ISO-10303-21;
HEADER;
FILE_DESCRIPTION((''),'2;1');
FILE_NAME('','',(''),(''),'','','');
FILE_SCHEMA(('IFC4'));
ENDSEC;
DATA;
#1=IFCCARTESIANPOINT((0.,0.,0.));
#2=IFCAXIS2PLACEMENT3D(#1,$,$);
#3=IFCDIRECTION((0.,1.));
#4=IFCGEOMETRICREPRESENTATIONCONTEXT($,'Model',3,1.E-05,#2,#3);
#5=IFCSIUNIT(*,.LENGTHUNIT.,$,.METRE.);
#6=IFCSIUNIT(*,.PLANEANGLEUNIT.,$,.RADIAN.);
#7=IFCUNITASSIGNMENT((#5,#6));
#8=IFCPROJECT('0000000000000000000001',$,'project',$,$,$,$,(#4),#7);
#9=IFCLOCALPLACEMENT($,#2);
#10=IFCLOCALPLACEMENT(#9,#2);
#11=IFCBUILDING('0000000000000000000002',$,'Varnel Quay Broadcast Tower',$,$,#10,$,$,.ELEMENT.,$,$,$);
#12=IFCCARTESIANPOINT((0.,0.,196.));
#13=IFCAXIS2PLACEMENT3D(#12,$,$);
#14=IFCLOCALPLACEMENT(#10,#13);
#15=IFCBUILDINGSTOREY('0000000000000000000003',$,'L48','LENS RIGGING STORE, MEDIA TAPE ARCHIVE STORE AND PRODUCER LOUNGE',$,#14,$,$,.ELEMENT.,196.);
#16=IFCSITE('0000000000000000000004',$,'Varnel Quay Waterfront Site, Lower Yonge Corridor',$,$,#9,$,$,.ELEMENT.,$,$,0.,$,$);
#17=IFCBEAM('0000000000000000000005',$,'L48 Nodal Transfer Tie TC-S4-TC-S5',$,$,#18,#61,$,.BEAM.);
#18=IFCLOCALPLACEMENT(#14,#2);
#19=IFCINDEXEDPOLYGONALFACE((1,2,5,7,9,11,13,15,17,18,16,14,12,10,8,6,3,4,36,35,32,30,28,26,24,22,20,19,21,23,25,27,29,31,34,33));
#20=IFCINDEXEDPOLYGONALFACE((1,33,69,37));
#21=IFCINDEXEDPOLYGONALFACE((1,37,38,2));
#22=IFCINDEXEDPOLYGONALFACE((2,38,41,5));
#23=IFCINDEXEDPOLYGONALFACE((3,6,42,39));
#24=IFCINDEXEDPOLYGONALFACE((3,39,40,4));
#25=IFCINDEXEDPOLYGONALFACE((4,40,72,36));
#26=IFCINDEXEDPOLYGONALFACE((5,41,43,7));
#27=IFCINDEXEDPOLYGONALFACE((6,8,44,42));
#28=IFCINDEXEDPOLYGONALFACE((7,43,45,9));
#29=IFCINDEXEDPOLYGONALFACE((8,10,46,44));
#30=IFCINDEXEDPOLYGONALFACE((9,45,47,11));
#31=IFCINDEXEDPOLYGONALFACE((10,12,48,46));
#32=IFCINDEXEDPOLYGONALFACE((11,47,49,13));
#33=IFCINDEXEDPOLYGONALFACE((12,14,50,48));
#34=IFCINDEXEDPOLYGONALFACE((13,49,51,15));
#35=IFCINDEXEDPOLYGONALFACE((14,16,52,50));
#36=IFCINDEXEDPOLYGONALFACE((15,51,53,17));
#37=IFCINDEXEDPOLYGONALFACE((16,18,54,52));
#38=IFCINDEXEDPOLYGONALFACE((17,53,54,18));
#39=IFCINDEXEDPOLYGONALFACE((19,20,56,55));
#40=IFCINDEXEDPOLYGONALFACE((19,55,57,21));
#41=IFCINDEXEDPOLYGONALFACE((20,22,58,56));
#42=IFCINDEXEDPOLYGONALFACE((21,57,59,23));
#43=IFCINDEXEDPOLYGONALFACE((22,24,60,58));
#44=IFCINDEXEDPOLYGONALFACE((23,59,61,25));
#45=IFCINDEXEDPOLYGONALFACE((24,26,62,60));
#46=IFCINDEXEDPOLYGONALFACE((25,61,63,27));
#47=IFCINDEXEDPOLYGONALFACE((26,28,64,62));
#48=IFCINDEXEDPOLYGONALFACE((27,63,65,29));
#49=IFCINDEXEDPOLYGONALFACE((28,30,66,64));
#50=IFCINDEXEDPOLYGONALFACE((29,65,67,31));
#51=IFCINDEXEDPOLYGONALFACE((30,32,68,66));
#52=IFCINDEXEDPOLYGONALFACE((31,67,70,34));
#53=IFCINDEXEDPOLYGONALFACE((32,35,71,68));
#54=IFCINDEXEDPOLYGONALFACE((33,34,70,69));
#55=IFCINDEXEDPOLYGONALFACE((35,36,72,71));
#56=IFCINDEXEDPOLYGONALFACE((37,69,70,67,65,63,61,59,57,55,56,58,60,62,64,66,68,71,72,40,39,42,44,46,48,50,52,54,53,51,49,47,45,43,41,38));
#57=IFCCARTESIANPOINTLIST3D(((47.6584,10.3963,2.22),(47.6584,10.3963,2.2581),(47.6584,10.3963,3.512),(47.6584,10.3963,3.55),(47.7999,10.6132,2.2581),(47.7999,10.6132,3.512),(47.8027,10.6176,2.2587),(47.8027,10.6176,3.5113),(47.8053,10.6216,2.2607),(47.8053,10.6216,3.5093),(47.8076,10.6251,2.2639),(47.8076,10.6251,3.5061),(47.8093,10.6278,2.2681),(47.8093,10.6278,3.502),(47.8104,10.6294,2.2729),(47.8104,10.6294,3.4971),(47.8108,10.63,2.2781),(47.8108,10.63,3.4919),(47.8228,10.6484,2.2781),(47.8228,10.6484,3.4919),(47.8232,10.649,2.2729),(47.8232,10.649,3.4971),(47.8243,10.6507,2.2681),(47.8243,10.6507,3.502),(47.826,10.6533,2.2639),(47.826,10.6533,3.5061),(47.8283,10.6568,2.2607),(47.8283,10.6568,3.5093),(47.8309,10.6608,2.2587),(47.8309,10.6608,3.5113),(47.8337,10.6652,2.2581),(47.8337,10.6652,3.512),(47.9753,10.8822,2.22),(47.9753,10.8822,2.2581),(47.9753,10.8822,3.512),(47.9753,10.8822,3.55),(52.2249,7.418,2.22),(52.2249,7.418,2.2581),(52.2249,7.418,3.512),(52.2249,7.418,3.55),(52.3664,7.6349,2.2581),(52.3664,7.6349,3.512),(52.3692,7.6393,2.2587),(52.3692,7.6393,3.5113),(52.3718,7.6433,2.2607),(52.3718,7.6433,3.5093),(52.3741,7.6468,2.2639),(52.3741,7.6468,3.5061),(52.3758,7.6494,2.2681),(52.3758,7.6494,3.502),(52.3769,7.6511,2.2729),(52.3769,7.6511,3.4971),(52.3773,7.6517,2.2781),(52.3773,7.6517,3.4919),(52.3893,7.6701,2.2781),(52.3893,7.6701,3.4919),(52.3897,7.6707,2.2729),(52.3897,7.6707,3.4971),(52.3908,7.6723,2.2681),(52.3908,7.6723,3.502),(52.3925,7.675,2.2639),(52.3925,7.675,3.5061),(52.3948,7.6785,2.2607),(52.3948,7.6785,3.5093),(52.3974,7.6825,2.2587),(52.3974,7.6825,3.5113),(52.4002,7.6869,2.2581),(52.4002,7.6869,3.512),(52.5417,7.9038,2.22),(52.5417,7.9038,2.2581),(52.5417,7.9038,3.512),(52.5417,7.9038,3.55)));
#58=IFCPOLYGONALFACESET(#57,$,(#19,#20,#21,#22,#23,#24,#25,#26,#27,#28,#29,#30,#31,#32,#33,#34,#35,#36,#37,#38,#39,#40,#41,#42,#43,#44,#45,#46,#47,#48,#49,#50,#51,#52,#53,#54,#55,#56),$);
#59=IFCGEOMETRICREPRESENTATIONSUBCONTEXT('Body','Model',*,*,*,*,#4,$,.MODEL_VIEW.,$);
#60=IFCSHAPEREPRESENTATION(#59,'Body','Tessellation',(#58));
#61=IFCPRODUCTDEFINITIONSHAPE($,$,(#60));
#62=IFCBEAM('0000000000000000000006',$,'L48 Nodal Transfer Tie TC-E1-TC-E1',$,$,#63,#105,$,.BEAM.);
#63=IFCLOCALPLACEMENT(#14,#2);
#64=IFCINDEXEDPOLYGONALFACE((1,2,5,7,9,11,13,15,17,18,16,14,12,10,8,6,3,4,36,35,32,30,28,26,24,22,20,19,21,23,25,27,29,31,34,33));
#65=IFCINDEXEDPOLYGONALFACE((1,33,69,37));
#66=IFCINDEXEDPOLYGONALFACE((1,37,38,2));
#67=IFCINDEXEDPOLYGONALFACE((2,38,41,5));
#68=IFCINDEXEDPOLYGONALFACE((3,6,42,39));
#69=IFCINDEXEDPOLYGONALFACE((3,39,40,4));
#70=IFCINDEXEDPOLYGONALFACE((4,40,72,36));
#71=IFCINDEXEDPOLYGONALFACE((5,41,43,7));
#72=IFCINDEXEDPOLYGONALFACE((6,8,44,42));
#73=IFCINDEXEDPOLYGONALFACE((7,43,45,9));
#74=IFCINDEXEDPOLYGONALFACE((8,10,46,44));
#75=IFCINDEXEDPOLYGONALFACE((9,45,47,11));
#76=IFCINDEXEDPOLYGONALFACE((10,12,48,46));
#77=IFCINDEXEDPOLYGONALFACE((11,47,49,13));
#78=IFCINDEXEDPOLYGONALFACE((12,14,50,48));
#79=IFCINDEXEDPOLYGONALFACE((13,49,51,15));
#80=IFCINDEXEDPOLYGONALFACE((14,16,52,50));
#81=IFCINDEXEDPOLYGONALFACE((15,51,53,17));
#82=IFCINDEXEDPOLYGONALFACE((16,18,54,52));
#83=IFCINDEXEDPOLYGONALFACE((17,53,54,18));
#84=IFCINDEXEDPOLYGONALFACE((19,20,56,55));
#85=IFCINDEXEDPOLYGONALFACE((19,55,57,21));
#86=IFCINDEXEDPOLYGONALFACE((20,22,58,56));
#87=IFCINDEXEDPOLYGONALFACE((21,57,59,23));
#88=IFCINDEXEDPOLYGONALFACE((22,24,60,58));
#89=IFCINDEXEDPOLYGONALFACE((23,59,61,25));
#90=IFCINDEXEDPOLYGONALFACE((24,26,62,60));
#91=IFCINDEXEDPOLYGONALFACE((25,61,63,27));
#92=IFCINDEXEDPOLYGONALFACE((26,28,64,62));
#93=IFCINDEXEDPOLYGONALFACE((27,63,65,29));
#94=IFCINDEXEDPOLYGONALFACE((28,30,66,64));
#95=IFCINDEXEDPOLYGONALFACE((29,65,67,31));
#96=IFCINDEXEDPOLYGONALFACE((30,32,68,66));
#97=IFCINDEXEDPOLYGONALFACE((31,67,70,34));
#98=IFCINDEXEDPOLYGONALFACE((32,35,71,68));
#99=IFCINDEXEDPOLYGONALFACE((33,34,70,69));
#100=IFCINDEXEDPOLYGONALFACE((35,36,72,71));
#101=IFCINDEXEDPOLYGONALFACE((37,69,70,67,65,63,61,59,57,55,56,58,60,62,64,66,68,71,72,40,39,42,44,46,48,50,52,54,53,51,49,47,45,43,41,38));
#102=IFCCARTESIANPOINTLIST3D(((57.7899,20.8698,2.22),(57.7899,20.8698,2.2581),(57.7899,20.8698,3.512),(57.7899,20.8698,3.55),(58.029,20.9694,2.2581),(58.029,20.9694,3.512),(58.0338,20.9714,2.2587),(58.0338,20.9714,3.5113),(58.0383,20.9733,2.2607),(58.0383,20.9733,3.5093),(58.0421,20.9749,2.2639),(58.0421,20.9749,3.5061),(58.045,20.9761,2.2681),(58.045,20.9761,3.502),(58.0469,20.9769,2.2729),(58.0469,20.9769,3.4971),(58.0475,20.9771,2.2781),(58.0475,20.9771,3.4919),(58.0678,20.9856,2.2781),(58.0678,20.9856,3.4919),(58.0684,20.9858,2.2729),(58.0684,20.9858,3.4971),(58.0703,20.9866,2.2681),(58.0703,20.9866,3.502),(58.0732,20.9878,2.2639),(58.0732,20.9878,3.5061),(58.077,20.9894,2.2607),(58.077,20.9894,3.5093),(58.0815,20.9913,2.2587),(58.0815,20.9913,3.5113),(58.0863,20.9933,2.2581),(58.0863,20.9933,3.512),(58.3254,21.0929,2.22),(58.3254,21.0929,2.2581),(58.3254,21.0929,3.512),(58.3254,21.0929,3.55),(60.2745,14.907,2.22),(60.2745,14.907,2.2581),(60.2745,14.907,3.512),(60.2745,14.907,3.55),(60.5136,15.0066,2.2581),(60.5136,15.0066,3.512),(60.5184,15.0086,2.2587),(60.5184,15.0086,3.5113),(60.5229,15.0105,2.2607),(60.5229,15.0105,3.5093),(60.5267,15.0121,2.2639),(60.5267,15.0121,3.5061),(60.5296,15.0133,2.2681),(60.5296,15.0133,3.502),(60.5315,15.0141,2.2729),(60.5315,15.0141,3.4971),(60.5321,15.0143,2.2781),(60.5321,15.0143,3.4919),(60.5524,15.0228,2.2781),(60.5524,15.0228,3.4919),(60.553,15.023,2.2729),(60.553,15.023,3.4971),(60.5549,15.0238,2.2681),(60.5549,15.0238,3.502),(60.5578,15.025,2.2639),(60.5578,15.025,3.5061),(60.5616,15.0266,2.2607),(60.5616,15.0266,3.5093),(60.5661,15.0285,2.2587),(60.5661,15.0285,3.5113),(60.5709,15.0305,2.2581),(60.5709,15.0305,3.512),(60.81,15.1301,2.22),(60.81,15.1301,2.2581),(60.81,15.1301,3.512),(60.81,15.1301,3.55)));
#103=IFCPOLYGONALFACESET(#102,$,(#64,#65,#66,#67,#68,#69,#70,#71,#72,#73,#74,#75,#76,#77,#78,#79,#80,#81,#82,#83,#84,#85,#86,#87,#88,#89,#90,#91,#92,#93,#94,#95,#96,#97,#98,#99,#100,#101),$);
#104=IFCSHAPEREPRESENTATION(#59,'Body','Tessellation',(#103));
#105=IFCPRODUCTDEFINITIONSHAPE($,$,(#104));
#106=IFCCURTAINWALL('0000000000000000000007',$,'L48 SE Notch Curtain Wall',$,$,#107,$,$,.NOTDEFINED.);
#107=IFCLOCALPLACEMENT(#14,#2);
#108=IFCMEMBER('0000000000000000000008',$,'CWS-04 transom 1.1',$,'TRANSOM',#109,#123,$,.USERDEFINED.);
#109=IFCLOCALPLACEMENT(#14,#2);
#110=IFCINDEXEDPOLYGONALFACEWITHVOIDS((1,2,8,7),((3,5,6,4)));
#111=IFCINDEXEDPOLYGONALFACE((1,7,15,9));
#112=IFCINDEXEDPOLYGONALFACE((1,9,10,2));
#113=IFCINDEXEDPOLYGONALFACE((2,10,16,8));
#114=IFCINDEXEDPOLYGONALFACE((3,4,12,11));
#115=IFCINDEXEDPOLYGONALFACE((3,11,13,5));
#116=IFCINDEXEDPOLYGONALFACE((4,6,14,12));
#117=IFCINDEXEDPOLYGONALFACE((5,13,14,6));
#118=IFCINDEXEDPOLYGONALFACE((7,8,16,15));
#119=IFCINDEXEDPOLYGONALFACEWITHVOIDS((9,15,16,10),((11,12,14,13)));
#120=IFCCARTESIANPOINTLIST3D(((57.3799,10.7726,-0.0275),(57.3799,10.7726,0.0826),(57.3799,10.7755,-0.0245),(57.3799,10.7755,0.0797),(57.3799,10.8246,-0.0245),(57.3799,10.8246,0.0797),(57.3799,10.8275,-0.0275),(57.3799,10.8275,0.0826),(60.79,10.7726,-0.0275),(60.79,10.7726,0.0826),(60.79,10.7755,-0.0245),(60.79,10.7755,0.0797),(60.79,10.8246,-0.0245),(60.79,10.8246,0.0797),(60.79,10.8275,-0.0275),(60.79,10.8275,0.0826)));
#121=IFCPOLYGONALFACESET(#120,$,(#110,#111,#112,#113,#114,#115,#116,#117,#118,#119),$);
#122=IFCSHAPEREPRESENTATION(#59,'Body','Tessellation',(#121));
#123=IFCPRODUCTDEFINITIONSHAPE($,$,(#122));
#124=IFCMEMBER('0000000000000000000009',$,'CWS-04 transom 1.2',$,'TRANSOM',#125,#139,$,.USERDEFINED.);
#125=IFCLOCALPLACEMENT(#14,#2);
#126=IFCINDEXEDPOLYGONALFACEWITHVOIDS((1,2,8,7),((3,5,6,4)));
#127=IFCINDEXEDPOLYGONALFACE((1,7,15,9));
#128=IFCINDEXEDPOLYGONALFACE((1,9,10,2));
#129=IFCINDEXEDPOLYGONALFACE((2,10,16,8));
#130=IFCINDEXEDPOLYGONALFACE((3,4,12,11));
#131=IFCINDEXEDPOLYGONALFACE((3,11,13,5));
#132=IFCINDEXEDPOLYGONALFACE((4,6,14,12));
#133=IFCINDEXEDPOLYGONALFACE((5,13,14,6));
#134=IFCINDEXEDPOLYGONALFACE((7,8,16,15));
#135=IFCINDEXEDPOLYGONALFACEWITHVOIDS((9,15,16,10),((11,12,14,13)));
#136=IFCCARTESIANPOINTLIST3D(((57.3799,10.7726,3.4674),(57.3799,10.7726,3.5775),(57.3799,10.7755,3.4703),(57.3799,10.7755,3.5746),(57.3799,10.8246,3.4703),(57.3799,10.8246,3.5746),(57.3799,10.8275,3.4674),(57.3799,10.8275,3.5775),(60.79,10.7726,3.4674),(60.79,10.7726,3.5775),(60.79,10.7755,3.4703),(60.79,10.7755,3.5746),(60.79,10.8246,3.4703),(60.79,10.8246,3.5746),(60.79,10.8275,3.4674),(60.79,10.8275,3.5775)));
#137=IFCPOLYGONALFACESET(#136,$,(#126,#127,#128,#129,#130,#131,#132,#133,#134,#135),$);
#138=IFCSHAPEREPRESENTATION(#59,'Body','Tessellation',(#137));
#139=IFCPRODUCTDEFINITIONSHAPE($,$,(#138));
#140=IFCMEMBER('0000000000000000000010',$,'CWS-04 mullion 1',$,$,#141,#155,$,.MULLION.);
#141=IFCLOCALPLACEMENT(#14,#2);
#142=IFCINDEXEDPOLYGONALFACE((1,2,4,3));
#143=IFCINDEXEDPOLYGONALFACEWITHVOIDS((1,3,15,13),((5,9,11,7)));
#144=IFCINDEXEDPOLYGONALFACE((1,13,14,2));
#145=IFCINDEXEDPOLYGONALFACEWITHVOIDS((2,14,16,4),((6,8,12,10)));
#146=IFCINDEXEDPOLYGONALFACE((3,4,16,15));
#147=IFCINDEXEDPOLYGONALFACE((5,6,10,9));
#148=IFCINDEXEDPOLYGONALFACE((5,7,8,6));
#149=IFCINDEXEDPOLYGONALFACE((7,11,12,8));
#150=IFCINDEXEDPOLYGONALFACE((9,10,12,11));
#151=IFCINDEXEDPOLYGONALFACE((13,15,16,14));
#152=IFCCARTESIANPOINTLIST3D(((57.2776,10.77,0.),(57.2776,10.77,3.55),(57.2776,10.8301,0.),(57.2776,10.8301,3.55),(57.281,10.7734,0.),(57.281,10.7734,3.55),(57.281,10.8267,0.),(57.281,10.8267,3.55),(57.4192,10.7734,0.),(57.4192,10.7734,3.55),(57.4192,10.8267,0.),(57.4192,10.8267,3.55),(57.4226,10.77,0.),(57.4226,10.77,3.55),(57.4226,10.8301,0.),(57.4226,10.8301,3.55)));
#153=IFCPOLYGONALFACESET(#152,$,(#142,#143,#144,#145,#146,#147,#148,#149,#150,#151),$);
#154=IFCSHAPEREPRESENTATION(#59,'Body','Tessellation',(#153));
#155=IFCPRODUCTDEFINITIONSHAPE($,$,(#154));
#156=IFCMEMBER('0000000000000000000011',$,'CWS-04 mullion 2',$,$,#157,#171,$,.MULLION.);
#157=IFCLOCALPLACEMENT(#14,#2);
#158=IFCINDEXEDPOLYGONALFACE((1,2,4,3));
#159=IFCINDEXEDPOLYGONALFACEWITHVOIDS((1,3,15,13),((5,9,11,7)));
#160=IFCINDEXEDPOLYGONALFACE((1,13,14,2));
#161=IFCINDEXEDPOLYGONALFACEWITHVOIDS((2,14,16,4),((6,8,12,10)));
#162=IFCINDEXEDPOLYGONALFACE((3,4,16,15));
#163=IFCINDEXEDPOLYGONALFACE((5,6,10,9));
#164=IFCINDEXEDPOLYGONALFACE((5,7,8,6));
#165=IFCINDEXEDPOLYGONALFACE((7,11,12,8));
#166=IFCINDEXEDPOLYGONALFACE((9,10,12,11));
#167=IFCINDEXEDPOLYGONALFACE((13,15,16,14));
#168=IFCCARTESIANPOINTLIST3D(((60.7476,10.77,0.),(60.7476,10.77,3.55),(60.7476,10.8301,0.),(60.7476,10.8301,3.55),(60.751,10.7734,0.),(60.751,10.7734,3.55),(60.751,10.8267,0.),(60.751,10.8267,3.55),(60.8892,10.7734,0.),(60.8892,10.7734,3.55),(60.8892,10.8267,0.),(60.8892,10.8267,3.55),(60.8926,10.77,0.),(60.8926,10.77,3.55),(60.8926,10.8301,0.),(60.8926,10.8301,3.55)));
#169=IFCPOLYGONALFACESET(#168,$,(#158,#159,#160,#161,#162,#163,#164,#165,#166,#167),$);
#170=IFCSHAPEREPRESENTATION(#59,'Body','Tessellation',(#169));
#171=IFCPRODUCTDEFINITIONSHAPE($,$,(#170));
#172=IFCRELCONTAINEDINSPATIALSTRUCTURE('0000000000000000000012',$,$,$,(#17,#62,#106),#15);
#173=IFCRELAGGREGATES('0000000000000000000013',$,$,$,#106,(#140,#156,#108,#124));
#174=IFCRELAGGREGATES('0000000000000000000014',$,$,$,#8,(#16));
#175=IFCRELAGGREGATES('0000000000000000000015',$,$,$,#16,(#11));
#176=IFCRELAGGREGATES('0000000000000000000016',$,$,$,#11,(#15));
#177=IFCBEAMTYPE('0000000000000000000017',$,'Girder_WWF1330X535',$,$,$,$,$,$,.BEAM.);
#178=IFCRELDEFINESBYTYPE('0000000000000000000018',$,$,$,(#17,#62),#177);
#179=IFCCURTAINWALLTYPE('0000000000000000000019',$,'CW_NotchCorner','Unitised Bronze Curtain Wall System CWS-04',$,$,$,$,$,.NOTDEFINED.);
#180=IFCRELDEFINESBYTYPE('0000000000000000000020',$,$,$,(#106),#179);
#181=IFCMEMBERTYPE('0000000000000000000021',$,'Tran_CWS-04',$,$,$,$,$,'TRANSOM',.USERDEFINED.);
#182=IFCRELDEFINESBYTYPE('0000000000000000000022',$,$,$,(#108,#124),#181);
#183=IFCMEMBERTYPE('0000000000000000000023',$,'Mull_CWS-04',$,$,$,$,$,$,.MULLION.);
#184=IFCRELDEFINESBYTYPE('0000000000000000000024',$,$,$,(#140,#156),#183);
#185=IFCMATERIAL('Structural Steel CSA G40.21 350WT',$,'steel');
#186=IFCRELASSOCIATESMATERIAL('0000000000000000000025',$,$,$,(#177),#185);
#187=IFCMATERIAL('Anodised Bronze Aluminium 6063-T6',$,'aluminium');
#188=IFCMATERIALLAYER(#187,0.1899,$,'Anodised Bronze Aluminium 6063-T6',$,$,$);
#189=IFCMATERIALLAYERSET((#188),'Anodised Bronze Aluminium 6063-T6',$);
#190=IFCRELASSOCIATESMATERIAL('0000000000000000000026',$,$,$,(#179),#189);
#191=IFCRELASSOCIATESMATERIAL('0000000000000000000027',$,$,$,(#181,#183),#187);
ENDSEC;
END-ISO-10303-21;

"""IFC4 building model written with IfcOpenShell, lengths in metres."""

from ifc_helpers import new_model, si_unit, direction, frame, origin, origin_2d, place, context, subcontext, project, spatial, hollow_rectangle, i_section, extrude, source, transform, mapped, material, layer, layer_set, material_profile, profile_set, type_object, type_shapes, element, aggregate, save


model = new_model("IFC4")

# Units and contexts
model_context = context("Model", 3, precision=1e-05, world=origin(), true_north=direction((0.0, 1.0)))
body_context = subcontext(model_context, "Body", "Model", "MODEL_VIEW")
ifc_project = project(units=[si_unit("LENGTHUNIT", "METRE"), si_unit("PLANEANGLEUNIT", "RADIAN")], contexts=[model_context])

# Site, building, storey
site_placement = place(None, origin())
site = spatial("IfcSite", under=ifc_project, at=site_placement, Name="Varnel Quay Waterfront Site, Lower Yonge Corridor", CompositionType="ELEMENT", RefElevation=0.0)
building_placement = place(site_placement, origin())
building = spatial("IfcBuilding", under=site, at=building_placement, Name="Varnel Quay Broadcast Tower", CompositionType="ELEMENT")
storey_placement = place(building_placement, frame((0.0, 0.0, 196.0)))
storey = spatial("IfcBuildingStorey", under=building, at=storey_placement, Name="L48", Description="LENS RIGGING STORE, MEDIA TAPE ARCHIVE STORE AND PRODUCER LOUNGE", CompositionType="ELEMENT", Elevation=196.0)

# Shared definitions
ifc_material_1 = material(Name="Structural Steel CSA G40.21 350WT", Category="steel")

# Beams
ifc_material_profile_1 = material_profile(ifc_material_1, i_section(OverallWidth=0.5801, OverallDepth=1.3301, WebThickness=0.022, FlangeThickness=0.0381, FilletRadius=0.02, at=origin_2d()), Name="WWF1330X535")
ifc_profile_set_1 = profile_set([ifc_material_profile_1], Name="Structural Steel CSA G40.21 350WT")
beam_type_1 = type_object("IfcBeamType", Name="Girder_WWF1330X535", PredefinedType="BEAM", material=ifc_profile_set_1)
shared_shape_1 = source(origin(), body_context, "Body", "SweptSolid", [
    extrude(i_section(OverallWidth=0.5801, OverallDepth=1.3301, WebThickness=0.022, FlangeThickness=0.0381, FilletRadius=0.02, at=origin_2d()), origin(), (0.0, 0.0, 1.0), 5.4519),
])
beam_1_placement = place(storey_placement, frame((52.3833, 7.6609, 2.885), z_axis=(-0.837595, 0.546291, 0.0), x_axis=(-0.546291, -0.837595, 0.0)))
element("IfcBeam", 1, at=beam_1_placement, inside=storey, type_object=beam_type_1, Name="L48 Nodal Transfer Tie TC-S4-TC-S5", PredefinedType="BEAM", context=body_context, shape_type="MappedRepresentation", body=[
    mapped(shared_shape_1, transform((0.0, 0.0, 0.0), x_axis=(1.0, 0.0, 0.0), y_axis=(0.0, 1.0, 0.0), z_axis=(0.0, 0.0, 1.0), scale=1.0)),
])
shared_shape_2 = source(origin(), body_context, "Body", "SweptSolid", [
    extrude(i_section(OverallWidth=0.5801, OverallDepth=1.3301, WebThickness=0.022, FlangeThickness=0.0381, FilletRadius=0.02, at=origin_2d()), origin(), (0.0, 0.0, 1.0), 6.4597),
])
beam_2_placement = place(storey_placement, frame((60.5422, 15.0186, 2.885), z_axis=(-0.384626, 0.923072, 0.0), x_axis=(-0.923072, -0.384626, 0.0)))
element("IfcBeam", 2, at=beam_2_placement, inside=storey, type_object=beam_type_1, Name="L48 Nodal Transfer Tie TC-E1-TC-E1", PredefinedType="BEAM", context=body_context, shape_type="MappedRepresentation", body=[
    mapped(shared_shape_2, transform((0.0, 0.0, 0.0), x_axis=(1.0, 0.0, 0.0), y_axis=(0.0, 1.0, 0.0), z_axis=(0.0, 0.0, 1.0), scale=1.0)),
])

# Curtain wall, members
ifc_material_2 = material(Name="Anodised Bronze Aluminium 6063-T6", Category="aluminium")
ifc_layer_1 = layer(ifc_material_2, 0.1899, Name="Anodised Bronze Aluminium 6063-T6")
ifc_layer_set_1 = layer_set([ifc_layer_1], Name="Anodised Bronze Aluminium 6063-T6")
curtain_wall_type_1 = type_object("IfcCurtainWallType", Name="CW_NotchCorner", Description="Unitised Bronze Curtain Wall System CWS-04", PredefinedType="NOTDEFINED", material=ifc_layer_set_1)
curtain_wall_1_placement = place(storey_placement, origin())
curtain_wall_1 = element("IfcCurtainWall", 3, at=curtain_wall_1_placement, inside=storey, type_object=curtain_wall_type_1, Name="L48 SE Notch Curtain Wall", PredefinedType="NOTDEFINED")
ifc_material_profile_2 = material_profile(ifc_material_2, hollow_rectangle(XDim=0.0549, YDim=0.1101, WallThickness=0.0029, at=origin_2d()), Name="ALU55X110X3")
ifc_profile_set_2 = profile_set([ifc_material_profile_2], Name="Anodised Bronze Aluminium 6063-T6")
member_type_1 = type_object("IfcMemberType", Name="Tran_CWS-04", ElementType="TRANSOM", PredefinedType="USERDEFINED", material=ifc_profile_set_2)
shared_shape_3 = source(origin(), body_context, "Body", "SweptSolid", [
    extrude(hollow_rectangle(XDim=0.0549, YDim=0.1101, WallThickness=0.0029, at=origin_2d()), origin(), (0.0, 0.0, 1.0), 3.4102),
])
type_shapes(member_type_1, [shared_shape_3])
member_1_placement = place(storey_placement, frame((57.3799, 10.8, 0.0276), z_axis=(1.0, 0.0, 0.0), x_axis=(0.0, 1.0, 0.0)))
member_1 = element("IfcMember", 4, at=member_1_placement, type_object=member_type_1, Name="CWS-04 transom 1.1", ObjectType="TRANSOM", PredefinedType="USERDEFINED", context=body_context, shape_type="MappedRepresentation", body=[
    mapped(shared_shape_3, transform((0.0, 0.0, 0.0), x_axis=(1.0, 0.0, 0.0), y_axis=(0.0, 1.0, 0.0), z_axis=(0.0, 0.0, 1.0), scale=1.0)),
])
member_2_placement = place(storey_placement, frame((57.3799, 10.8, 3.5225), z_axis=(1.0, 0.0, 0.0), x_axis=(0.0, 1.0, 0.0)))
member_2 = element("IfcMember", 5, at=member_2_placement, type_object=member_type_1, Name="CWS-04 transom 1.2", ObjectType="TRANSOM", PredefinedType="USERDEFINED", context=body_context, shape_type="MappedRepresentation", body=[
    mapped(shared_shape_3, transform((0.0, 0.0, 0.0), x_axis=(1.0, 0.0, 0.0), y_axis=(0.0, 1.0, 0.0), z_axis=(0.0, 0.0, 1.0), scale=1.0)),
])
ifc_material_profile_3 = material_profile(ifc_material_2, hollow_rectangle(XDim=0.0601, YDim=0.145, WallThickness=0.0034, at=origin_2d()), Name="ALU60X145X3.5")
ifc_profile_set_3 = profile_set([ifc_material_profile_3], Name="Anodised Bronze Aluminium 6063-T6")
member_type_2 = type_object("IfcMemberType", Name="Mull_CWS-04", PredefinedType="MULLION", material=ifc_profile_set_3)
shared_shape_4 = source(origin(), body_context, "Body", "SweptSolid", [
    extrude(hollow_rectangle(XDim=0.0601, YDim=0.145, WallThickness=0.0034, at=origin_2d()), origin(), (0.0, 0.0, 1.0), 3.55),
])
type_shapes(member_type_2, [shared_shape_4])
member_3_placement = place(storey_placement, frame((57.3501, 10.8, 0.0), z_axis=(0.0, 0.0, 1.0), x_axis=(0.0, 1.0, 0.0)))
member_3 = element("IfcMember", 6, at=member_3_placement, type_object=member_type_2, Name="CWS-04 mullion 1", PredefinedType="MULLION", context=body_context, shape_type="MappedRepresentation", body=[
    mapped(shared_shape_4, transform((0.0, 0.0, 0.0), x_axis=(1.0, 0.0, 0.0), y_axis=(0.0, 1.0, 0.0), z_axis=(0.0, 0.0, 1.0), scale=1.0)),
])
member_4_placement = place(storey_placement, frame((60.8201, 10.8, 0.0), z_axis=(0.0, 0.0, 1.0), x_axis=(0.0, 1.0, 0.0)))
member_4 = element("IfcMember", 7, at=member_4_placement, type_object=member_type_2, Name="CWS-04 mullion 2", PredefinedType="MULLION", context=body_context, shape_type="MappedRepresentation", body=[
    mapped(shared_shape_4, transform((0.0, 0.0, 0.0), x_axis=(1.0, 0.0, 0.0), y_axis=(0.0, 1.0, 0.0), z_axis=(0.0, 0.0, 1.0), scale=1.0)),
])

aggregate(curtain_wall_1, [member_3, member_4, member_1, member_2])

save(model, "model.ifc")
